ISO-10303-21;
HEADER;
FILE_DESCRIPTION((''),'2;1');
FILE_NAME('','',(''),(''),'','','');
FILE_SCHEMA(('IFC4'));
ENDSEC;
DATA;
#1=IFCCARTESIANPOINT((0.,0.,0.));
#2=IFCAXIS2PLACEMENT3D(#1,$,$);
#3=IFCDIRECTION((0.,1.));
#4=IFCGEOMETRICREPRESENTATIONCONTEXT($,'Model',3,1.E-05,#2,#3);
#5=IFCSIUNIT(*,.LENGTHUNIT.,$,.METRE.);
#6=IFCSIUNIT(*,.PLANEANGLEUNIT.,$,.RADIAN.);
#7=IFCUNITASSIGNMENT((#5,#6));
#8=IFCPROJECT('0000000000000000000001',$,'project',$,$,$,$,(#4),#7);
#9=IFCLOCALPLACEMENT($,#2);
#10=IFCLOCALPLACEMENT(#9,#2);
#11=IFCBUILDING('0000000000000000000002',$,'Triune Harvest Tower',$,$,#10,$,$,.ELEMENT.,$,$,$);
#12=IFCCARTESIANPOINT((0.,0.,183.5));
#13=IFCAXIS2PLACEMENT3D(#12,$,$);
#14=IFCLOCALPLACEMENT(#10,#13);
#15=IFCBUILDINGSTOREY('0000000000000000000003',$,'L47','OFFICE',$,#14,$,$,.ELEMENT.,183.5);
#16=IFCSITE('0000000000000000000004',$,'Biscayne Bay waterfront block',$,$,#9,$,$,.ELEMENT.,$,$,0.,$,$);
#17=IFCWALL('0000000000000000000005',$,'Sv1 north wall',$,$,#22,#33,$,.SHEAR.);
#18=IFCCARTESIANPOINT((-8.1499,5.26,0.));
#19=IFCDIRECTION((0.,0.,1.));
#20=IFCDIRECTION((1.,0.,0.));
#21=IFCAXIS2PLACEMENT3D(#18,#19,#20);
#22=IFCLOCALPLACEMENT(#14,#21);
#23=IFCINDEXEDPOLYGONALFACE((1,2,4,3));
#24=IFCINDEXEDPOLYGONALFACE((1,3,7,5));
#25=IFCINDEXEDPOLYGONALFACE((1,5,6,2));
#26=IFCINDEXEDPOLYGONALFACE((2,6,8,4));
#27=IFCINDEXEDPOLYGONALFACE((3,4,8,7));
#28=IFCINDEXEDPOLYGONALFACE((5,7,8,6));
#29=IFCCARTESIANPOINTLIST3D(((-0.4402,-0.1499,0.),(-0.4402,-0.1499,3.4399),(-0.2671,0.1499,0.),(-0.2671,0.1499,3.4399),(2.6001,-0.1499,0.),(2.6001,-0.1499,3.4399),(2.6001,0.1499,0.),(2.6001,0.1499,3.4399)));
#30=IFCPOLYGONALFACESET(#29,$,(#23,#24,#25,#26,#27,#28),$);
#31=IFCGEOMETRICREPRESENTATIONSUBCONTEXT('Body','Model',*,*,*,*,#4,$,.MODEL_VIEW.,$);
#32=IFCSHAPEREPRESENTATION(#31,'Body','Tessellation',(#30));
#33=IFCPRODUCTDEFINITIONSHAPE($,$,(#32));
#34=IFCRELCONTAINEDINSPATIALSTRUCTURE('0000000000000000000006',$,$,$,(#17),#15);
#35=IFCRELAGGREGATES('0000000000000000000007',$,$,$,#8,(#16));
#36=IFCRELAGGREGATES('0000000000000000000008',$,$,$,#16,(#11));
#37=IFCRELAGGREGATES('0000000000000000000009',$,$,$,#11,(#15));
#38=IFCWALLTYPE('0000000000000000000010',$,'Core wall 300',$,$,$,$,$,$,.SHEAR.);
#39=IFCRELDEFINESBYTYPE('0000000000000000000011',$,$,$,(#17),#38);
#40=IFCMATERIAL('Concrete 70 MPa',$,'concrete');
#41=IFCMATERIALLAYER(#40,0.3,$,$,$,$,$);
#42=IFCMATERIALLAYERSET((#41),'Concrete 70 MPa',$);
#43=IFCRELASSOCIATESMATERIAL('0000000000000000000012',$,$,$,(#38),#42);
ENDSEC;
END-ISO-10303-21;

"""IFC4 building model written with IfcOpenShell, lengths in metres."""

from ifc_helpers import new_model, si_unit, direction, frame, origin, place, context, subcontext, project, spatial, polyline, outline, extrude, source, transform, mapped, material, layer, layer_set, type_object, element, save


model = new_model("IFC4")

# Units and contexts
model_context = context("Model", 3, precision=1e-05, world=origin(), true_north=direction((0.0, 1.0)))
body_context = subcontext(model_context, "Body", "Model", "MODEL_VIEW")
ifc_project = project(units=[si_unit("LENGTHUNIT", "METRE"), si_unit("PLANEANGLEUNIT", "RADIAN")], contexts=[model_context])

# Site, building, storey
site_placement = place(None, origin())
site = spatial("IfcSite", under=ifc_project, at=site_placement, Name="Biscayne Bay waterfront block", CompositionType="ELEMENT", RefElevation=0.0)
building_placement = place(site_placement, origin())
building = spatial("IfcBuilding", under=site, at=building_placement, Name="Triune Harvest Tower", CompositionType="ELEMENT")
storey_placement = place(building_placement, frame((0.0, 0.0, 183.5)))
storey = spatial("IfcBuildingStorey", under=building, at=storey_placement, Name="L47", Description="OFFICE", CompositionType="ELEMENT", Elevation=183.5)

# Wall
ifc_material_1 = material(Name="Concrete 70 MPa", Category="concrete")
ifc_layer_1 = layer(ifc_material_1, 0.3)
ifc_layer_set_1 = layer_set([ifc_layer_1], Name="Concrete 70 MPa")
wall_type_1 = type_object("IfcWallType", Name="Core wall 300", PredefinedType="SHEAR", material=ifc_layer_set_1)
shared_shape_1 = source(origin(), body_context, "Body", "SweptSolid", [
    extrude(outline(polyline([(2.6001, -0.1499), (-0.4402, -0.1499), (-0.2671, 0.1499), (2.6001, 0.1499), (2.6001, -0.1499)])), origin(), (0.0, 0.0, 1.0), 3.4399),
])
wall_1_placement = place(storey_placement, frame((-8.1499, 5.26, 0.0), z_axis=(0.0, 0.0, 1.0), x_axis=(1.0, 0.0, 0.0)))
element("IfcWall", 1, at=wall_1_placement, inside=storey, type_object=wall_type_1, Name="Sv1 north wall", PredefinedType="SHEAR", context=body_context, shape_type="MappedRepresentation", body=[
    mapped(shared_shape_1, transform((0.0, 0.0, 0.0), scale=1.0)),
])

save(model, "model.ifc")
